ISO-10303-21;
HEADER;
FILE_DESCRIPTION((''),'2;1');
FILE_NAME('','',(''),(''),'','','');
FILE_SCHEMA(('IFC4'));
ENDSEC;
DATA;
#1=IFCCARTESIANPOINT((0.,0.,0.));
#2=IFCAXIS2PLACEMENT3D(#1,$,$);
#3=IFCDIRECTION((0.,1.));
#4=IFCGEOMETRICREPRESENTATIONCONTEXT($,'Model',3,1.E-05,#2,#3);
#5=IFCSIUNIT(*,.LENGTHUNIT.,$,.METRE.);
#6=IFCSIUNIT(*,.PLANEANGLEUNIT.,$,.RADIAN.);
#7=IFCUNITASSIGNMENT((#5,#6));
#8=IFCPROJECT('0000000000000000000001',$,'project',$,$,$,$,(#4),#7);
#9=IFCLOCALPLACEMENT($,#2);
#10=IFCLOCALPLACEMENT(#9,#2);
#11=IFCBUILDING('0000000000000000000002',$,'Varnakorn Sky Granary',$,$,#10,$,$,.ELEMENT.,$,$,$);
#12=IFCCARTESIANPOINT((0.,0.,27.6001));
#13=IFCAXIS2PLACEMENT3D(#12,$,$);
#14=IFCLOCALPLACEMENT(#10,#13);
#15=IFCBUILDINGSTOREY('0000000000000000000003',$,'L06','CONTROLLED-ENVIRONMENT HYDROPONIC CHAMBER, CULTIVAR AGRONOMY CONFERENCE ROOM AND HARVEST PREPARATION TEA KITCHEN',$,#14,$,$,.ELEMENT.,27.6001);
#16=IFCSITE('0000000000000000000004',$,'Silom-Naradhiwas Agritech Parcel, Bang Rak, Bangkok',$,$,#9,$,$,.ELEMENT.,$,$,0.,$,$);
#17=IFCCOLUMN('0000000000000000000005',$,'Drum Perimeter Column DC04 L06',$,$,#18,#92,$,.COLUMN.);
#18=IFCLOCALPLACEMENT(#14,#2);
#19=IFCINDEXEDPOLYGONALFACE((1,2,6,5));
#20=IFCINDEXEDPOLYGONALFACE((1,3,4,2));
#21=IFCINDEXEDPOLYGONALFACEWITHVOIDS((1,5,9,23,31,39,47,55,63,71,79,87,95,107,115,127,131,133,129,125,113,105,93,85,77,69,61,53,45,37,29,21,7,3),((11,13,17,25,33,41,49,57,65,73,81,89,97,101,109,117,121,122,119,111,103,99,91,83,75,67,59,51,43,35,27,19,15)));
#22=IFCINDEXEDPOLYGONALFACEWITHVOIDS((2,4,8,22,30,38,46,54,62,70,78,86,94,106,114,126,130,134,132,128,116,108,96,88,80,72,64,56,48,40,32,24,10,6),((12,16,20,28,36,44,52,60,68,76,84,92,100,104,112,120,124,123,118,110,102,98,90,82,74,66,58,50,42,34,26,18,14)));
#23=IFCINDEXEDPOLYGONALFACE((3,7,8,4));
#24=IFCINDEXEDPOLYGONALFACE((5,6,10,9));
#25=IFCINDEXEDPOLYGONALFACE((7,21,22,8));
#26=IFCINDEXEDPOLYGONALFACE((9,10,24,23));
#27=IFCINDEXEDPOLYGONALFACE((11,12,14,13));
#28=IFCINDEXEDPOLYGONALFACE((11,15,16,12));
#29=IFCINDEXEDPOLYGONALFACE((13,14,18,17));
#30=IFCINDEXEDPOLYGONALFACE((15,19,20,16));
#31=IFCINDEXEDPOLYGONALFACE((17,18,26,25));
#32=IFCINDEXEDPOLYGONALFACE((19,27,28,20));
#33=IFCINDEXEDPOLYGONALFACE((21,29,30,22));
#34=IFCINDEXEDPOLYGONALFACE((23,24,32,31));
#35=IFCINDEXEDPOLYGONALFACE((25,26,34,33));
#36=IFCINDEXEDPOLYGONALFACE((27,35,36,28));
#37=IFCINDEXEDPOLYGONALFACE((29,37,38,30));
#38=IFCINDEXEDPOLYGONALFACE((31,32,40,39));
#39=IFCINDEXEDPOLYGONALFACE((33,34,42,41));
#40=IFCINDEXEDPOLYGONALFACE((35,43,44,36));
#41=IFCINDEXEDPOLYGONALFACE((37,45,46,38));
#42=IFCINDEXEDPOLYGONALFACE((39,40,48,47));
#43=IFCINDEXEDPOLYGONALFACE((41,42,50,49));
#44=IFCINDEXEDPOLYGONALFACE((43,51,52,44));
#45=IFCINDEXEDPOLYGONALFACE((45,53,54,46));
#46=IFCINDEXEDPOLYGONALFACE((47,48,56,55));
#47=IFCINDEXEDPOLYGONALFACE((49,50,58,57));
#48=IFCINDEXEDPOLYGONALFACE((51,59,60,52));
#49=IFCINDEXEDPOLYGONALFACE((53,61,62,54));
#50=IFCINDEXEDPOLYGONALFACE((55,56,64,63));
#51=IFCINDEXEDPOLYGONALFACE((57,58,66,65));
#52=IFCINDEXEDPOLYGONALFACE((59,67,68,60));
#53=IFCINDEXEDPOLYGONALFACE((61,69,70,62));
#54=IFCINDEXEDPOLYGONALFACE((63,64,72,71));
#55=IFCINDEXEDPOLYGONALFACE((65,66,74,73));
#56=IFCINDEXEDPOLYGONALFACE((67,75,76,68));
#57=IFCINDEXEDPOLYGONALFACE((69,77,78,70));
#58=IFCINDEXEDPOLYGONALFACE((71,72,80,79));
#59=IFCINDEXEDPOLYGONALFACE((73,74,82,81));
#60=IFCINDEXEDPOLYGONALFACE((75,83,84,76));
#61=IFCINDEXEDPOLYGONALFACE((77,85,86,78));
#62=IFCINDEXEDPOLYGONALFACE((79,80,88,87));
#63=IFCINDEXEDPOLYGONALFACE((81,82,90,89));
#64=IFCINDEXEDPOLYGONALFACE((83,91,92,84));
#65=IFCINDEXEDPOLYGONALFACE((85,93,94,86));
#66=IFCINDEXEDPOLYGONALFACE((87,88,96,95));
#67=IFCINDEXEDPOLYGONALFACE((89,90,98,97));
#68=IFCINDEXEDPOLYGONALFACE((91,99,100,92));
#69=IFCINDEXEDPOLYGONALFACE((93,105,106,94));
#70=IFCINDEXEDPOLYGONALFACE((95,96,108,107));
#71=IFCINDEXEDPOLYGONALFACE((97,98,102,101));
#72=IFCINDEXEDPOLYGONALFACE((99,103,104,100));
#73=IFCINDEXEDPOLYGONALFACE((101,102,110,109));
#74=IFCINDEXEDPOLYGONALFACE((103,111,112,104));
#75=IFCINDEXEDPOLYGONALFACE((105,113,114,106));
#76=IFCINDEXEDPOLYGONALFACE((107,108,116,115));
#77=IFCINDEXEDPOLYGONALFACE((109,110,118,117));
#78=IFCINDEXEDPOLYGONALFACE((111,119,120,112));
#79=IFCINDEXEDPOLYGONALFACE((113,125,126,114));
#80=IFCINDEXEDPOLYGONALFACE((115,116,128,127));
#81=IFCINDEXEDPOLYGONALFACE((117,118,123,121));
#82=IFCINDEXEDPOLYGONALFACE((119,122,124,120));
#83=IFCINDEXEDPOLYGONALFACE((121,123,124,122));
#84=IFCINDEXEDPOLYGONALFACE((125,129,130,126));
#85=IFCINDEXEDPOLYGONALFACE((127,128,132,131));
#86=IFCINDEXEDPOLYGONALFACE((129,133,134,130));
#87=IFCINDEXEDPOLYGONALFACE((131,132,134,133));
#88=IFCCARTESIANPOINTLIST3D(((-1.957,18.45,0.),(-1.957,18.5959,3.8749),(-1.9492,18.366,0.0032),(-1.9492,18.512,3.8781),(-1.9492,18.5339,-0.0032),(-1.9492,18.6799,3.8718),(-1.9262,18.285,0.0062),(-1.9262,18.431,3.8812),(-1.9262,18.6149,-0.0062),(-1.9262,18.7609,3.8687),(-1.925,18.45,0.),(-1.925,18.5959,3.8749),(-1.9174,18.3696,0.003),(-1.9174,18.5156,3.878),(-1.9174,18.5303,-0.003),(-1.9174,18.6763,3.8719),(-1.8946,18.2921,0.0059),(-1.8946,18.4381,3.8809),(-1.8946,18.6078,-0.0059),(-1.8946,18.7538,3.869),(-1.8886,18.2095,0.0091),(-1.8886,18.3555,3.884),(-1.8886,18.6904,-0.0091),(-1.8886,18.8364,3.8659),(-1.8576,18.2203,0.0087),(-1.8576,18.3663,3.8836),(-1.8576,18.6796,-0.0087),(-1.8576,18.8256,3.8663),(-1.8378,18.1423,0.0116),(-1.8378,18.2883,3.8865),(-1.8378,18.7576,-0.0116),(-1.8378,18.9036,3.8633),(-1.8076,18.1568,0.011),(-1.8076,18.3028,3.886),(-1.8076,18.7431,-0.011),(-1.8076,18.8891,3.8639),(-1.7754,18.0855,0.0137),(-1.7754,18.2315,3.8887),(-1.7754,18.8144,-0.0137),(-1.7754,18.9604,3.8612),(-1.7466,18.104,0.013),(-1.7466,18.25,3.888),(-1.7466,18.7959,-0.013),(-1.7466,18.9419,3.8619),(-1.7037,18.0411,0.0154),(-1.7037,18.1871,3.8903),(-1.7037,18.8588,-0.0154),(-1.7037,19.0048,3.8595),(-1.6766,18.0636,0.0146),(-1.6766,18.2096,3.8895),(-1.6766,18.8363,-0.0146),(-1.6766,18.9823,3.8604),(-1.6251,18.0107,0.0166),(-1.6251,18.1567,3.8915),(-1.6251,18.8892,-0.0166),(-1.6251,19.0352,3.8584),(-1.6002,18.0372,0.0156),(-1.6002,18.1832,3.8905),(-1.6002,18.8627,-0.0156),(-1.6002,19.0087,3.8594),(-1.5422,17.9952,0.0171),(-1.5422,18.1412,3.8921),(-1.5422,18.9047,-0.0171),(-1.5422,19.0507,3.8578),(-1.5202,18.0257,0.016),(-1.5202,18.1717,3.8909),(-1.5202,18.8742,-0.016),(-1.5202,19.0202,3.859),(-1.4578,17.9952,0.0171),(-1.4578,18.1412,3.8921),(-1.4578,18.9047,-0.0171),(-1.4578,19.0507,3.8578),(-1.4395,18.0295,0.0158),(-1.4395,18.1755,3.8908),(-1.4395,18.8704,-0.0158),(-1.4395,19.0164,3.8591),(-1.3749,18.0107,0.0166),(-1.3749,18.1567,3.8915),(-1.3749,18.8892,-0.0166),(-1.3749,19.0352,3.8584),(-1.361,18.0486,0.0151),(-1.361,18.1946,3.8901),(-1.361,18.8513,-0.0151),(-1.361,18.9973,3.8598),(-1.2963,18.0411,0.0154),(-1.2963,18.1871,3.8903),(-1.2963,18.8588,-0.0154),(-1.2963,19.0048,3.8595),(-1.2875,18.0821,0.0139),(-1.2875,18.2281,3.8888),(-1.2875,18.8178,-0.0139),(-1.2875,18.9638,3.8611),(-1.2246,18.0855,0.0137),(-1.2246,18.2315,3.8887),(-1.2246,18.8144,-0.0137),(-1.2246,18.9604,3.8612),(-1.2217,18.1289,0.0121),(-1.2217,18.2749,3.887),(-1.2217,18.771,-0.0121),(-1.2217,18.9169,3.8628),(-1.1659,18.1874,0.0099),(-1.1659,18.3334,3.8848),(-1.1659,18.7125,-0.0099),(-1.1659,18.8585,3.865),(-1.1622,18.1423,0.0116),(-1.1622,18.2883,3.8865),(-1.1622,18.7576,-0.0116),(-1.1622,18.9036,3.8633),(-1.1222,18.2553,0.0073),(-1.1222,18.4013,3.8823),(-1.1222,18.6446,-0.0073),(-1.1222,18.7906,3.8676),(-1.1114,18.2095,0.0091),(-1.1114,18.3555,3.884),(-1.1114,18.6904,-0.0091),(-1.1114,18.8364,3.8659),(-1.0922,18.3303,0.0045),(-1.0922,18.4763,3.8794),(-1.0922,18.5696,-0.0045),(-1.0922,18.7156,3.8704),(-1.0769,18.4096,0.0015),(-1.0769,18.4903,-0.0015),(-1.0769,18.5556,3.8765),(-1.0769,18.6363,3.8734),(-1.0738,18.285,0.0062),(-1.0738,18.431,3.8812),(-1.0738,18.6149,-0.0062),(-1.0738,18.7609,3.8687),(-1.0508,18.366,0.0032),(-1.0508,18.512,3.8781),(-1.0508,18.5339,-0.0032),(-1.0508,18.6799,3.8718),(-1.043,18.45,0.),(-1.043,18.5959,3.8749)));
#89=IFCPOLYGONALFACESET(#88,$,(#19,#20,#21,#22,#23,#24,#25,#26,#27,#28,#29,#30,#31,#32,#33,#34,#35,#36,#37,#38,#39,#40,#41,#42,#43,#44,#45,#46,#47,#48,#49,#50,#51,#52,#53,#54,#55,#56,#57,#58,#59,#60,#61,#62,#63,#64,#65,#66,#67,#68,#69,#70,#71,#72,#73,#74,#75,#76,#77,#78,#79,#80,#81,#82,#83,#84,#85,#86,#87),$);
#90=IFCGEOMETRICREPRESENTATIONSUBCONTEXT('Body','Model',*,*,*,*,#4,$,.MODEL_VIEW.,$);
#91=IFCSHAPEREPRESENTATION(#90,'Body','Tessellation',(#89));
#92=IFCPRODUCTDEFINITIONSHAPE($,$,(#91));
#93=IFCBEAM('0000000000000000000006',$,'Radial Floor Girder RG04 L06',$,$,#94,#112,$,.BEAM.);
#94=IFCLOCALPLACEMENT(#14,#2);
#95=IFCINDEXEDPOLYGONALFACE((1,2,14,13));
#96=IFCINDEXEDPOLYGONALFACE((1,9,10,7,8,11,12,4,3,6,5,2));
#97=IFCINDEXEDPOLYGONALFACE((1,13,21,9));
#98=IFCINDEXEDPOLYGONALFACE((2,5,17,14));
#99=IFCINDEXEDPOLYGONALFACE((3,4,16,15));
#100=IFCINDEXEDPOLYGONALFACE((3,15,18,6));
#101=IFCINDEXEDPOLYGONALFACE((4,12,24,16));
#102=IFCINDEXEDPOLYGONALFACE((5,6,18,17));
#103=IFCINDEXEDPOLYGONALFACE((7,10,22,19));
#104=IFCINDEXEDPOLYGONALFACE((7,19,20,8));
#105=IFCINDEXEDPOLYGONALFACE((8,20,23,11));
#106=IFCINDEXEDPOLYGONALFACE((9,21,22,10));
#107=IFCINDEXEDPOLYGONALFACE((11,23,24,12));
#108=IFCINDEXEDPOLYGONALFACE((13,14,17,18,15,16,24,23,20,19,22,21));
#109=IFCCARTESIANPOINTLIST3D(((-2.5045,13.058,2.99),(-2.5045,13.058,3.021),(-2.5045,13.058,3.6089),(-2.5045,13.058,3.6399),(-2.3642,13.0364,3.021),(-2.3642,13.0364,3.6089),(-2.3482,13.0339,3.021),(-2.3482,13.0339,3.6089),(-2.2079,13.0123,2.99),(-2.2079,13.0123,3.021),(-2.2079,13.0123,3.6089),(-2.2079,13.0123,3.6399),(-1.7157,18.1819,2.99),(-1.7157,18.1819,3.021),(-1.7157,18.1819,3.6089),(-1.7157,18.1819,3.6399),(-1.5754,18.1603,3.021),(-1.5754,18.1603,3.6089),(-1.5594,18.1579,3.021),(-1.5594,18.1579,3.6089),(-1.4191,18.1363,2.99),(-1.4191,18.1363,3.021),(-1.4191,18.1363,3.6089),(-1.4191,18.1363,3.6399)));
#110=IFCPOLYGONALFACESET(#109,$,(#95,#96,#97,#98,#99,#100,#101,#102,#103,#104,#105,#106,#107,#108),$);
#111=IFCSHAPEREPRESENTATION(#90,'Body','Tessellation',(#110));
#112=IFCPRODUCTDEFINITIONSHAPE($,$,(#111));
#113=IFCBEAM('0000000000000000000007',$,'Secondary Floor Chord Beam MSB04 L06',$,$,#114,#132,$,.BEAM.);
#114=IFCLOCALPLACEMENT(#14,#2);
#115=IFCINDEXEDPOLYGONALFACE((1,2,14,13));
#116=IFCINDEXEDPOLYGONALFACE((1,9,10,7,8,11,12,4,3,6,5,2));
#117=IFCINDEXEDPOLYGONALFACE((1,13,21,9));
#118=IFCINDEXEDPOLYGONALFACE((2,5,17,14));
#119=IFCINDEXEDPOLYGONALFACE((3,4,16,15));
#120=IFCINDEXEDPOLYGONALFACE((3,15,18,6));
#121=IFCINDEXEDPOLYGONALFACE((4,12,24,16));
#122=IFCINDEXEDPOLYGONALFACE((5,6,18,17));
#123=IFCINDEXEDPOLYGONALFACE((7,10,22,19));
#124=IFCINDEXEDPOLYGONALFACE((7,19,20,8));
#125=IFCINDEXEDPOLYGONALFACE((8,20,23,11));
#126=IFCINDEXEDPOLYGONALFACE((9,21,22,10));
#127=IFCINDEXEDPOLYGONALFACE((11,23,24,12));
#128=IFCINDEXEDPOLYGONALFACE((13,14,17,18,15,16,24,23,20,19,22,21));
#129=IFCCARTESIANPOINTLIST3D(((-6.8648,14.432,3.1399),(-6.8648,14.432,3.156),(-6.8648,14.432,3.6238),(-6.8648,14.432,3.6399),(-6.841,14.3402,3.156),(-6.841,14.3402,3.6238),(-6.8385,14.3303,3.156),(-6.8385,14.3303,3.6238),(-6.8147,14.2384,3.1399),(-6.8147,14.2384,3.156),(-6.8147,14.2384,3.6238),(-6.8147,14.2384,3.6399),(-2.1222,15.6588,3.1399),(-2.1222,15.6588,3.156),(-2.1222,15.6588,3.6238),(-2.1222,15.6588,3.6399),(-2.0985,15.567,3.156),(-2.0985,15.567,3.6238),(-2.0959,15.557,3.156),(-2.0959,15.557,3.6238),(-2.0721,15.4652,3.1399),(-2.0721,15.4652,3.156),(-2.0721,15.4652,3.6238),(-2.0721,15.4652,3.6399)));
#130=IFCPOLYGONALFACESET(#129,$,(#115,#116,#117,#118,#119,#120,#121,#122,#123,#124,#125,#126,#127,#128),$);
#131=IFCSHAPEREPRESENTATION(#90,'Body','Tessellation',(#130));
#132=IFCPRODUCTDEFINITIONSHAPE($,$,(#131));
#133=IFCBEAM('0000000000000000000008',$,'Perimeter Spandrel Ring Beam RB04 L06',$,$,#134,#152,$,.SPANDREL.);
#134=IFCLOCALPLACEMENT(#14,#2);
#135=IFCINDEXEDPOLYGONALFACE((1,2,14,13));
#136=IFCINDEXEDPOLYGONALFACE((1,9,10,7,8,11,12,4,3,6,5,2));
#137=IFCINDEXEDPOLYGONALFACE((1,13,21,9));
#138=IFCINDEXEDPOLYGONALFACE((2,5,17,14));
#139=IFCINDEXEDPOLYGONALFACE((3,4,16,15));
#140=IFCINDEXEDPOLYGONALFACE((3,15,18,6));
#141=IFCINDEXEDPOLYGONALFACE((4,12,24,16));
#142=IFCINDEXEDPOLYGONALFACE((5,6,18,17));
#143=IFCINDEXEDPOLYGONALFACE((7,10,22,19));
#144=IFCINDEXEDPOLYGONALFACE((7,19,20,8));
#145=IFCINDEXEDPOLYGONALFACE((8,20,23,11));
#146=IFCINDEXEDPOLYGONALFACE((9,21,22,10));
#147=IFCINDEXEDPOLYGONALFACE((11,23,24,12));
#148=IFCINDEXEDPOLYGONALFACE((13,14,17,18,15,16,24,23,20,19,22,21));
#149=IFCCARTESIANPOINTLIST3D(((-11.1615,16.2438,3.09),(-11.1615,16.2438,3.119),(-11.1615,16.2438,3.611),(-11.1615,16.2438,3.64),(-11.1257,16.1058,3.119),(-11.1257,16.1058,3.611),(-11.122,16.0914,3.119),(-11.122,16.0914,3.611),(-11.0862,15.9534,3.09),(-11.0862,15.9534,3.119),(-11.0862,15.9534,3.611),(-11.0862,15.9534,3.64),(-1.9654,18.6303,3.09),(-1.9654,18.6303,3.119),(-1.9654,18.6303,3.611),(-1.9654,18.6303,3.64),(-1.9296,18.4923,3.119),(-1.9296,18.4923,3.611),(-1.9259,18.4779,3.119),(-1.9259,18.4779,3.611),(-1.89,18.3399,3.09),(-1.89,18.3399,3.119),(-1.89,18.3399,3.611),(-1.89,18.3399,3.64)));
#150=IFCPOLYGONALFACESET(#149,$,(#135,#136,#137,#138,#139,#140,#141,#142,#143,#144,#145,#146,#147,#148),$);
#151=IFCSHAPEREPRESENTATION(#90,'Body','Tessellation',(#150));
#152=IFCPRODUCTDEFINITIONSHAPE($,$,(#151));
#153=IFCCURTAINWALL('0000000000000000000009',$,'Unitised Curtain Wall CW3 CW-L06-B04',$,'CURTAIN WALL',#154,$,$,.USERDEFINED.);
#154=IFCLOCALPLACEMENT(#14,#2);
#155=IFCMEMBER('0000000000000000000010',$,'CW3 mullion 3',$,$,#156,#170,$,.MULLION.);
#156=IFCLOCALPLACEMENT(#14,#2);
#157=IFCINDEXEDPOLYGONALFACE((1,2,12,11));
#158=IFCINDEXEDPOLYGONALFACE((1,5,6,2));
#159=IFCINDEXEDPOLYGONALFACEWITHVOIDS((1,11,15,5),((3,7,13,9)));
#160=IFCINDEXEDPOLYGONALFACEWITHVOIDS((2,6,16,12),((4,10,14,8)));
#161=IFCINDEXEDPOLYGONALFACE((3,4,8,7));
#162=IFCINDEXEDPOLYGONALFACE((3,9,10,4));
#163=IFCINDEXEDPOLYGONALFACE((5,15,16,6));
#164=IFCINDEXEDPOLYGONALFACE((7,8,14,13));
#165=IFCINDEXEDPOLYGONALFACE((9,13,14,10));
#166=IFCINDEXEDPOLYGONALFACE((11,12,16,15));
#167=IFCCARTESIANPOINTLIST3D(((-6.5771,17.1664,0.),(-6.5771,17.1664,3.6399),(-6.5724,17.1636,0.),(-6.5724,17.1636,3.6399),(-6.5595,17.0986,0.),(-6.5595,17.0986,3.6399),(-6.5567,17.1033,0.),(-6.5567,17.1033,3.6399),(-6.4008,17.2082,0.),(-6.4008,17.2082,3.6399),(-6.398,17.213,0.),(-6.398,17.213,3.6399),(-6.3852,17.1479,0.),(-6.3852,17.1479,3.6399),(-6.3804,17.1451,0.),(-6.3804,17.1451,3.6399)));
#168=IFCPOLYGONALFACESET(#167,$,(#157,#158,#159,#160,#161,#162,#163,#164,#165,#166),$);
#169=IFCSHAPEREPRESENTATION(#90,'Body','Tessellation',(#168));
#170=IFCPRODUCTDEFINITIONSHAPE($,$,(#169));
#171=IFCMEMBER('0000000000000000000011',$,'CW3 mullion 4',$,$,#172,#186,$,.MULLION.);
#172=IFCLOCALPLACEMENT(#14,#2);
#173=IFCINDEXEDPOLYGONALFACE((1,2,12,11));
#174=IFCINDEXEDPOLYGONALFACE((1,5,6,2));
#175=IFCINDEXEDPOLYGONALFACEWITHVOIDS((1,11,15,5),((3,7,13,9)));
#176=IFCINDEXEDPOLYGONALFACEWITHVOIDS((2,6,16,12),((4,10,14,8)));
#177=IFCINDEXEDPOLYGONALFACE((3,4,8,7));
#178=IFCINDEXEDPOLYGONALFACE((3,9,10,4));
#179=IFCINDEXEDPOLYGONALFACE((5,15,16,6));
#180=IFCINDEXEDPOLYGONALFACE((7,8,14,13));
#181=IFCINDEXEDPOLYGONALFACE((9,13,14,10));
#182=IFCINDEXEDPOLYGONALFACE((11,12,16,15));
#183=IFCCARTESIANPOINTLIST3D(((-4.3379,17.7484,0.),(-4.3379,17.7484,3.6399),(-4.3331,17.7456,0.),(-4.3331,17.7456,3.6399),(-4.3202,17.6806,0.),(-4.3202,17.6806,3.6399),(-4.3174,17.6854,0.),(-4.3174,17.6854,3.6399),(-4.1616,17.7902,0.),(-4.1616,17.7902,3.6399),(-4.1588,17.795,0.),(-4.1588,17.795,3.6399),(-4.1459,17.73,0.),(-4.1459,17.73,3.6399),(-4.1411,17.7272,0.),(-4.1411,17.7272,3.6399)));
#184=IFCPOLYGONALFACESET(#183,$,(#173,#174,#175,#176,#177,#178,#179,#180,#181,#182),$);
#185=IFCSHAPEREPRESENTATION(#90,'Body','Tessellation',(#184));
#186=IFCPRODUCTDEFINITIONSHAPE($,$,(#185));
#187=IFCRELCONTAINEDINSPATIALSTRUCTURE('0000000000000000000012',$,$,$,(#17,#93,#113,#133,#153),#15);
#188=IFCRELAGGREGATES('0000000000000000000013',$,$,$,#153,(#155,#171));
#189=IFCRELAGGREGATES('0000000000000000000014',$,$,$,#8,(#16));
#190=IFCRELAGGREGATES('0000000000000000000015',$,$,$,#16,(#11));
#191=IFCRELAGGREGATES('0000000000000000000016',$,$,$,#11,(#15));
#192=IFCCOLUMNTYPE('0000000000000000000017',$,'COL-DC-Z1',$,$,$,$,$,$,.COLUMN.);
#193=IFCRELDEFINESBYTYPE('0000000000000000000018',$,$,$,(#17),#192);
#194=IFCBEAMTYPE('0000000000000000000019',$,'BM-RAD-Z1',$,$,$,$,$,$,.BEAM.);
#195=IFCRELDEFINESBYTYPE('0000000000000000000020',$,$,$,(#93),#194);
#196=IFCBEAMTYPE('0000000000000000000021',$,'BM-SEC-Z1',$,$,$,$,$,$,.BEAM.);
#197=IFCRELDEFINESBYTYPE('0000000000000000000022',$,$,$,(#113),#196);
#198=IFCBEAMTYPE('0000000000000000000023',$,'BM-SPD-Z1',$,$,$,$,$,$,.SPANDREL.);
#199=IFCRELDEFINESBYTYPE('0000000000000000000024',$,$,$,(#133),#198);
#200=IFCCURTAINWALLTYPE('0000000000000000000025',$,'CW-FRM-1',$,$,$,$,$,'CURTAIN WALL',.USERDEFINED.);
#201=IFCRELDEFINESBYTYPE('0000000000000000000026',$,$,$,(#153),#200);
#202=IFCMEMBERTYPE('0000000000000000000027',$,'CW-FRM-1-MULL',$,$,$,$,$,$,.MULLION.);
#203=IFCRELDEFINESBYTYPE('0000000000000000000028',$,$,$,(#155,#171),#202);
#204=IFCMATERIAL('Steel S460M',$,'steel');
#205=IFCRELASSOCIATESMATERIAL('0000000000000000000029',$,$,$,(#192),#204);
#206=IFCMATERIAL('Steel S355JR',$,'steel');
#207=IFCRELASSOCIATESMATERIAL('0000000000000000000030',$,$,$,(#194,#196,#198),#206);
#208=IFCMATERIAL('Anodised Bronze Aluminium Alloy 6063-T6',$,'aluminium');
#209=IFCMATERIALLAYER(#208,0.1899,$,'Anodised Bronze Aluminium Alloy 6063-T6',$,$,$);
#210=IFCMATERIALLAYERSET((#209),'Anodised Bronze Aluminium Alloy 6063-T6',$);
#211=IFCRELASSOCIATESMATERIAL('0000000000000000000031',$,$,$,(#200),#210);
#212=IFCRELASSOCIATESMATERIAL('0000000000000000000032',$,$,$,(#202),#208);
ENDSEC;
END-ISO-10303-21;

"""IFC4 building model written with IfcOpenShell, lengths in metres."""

from ifc_helpers import new_model, si_unit, direction, frame, origin, origin_2d, place, context, subcontext, project, spatial, hollow_rectangle, hollow_circle, i_section, extrude, material, layer, layer_set, material_profile, profile_set, type_object, element, aggregate, save


model = new_model("IFC4")

# Units and contexts
model_context = context("Model", 3, precision=1e-05, world=origin(), true_north=direction((0.0, 1.0)))
body_context = subcontext(model_context, "Body", "Model", "MODEL_VIEW")
ifc_project = project(units=[si_unit("LENGTHUNIT", "METRE"), si_unit("PLANEANGLEUNIT", "RADIAN")], contexts=[model_context])

# Site, building, storey
site_placement = place(None, origin())
site = spatial("IfcSite", under=ifc_project, at=site_placement, Name="Silom-Naradhiwas Agritech Parcel, Bang Rak, Bangkok", CompositionType="ELEMENT", RefElevation=0.0)
building_placement = place(site_placement, origin())
building = spatial("IfcBuilding", under=site, at=building_placement, Name="Varnakorn Sky Granary", CompositionType="ELEMENT")
storey_placement = place(building_placement, frame((0.0, 0.0, 27.6001)))
storey = spatial("IfcBuildingStorey", under=building, at=storey_placement, Name="L06", Description="CONTROLLED-ENVIRONMENT HYDROPONIC CHAMBER, CULTIVAR AGRONOMY CONFERENCE ROOM AND HARVEST PREPARATION TEA KITCHEN", CompositionType="ELEMENT", Elevation=27.6001)

# Column
ifc_material_1 = material(Name="Steel S460M", Category="steel")
ifc_material_profile_1 = material_profile(ifc_material_1, hollow_circle(Radius=0.457, WallThickness=0.032, at=origin_2d()), Name="CHS 914x32")
ifc_profile_set_1 = profile_set([ifc_material_profile_1], Name="Steel S460M")
column_type = type_object("IfcColumnType", Name="COL-DC-Z1", PredefinedType="COLUMN", material=ifc_profile_set_1)
column_placement = place(storey_placement, frame((-1.5, 18.45, 0.0), z_axis=(0.0, 0.03765, 0.999291), x_axis=(-1.0, 0.0, 0.0)))
element("IfcColumn", 1, at=column_placement, inside=storey, type_object=column_type, Name="Drum Perimeter Column DC04 L06", PredefinedType="COLUMN", context=body_context, shape_type="SweptSolid", body=[
    extrude(hollow_circle(Radius=0.457, WallThickness=0.032, at=origin_2d()), origin(), (0.0, 0.0, 1.0), 3.8777),
])

# Beams
ifc_material_2 = material(Name="Steel S355JR", Category="steel")
ifc_material_profile_2 = material_profile(ifc_material_2, i_section(OverallWidth=0.3, OverallDepth=0.6499, WebThickness=0.0161, FlangeThickness=0.031, at=origin_2d()), Name="HE 650 B")
ifc_profile_set_2 = profile_set([ifc_material_profile_2], Name="Steel S355JR")
beam_type_1 = type_object("IfcBeamType", Name="BM-RAD-Z1", PredefinedType="BEAM", material=ifc_profile_set_2)
beam_1_placement = place(storey_placement, frame((-2.3562, 13.0352, 3.3149), z_axis=(0.152153, 0.988357, 0.0), x_axis=(-0.988357, 0.152153, 0.0)))
element("IfcBeam", 2, at=beam_1_placement, inside=storey, type_object=beam_type_1, Name="Radial Floor Girder RG04 L06", PredefinedType="BEAM", context=body_context, shape_type="SweptSolid", body=[
    extrude(i_section(OverallWidth=0.3, OverallDepth=0.6499, WebThickness=0.0161, FlangeThickness=0.031, at=origin_2d()), origin(), (0.0, 0.0, 1.0), 5.1843),
])
ifc_material_profile_3 = material_profile(ifc_material_2, i_section(OverallWidth=0.2, OverallDepth=0.5, WebThickness=0.0103, FlangeThickness=0.0161, at=origin_2d()), Name="IPE 500")
ifc_profile_set_3 = profile_set([ifc_material_profile_3], Name="Steel S355JR")
beam_type_2 = type_object("IfcBeamType", Name="BM-SEC-Z1", PredefinedType="BEAM", material=ifc_profile_set_3)
beam_2_placement = place(storey_placement, frame((-2.0972, 15.562, 3.3899), z_axis=(-0.968134, -0.250431, 0.0), x_axis=(0.250431, -0.968134, 0.0)))
element("IfcBeam", 3, at=beam_2_placement, inside=storey, type_object=beam_type_2, Name="Secondary Floor Chord Beam MSB04 L06", PredefinedType="BEAM", context=body_context, shape_type="SweptSolid", body=[
    extrude(i_section(OverallWidth=0.2, OverallDepth=0.5, WebThickness=0.0103, FlangeThickness=0.0161, at=origin_2d()), origin(), (0.0, 0.0, 1.0), 4.8987),
])
ifc_material_profile_4 = material_profile(ifc_material_2, i_section(OverallWidth=0.3, OverallDepth=0.55, WebThickness=0.0149, FlangeThickness=0.0291, at=origin_2d()), Name="HE 550 B")
ifc_profile_set_4 = profile_set([ifc_material_profile_4], Name="Steel S355JR")
beam_type_3 = type_object("IfcBeamType", Name="BM-SPD-Z1", PredefinedType="SPANDREL", material=ifc_profile_set_4)
beam_3_placement = place(storey_placement, frame((-1.9277, 18.4851, 3.365), z_axis=(-0.967938, -0.25119, 0.0), x_axis=(0.25119, -0.967938, 0.0)))
element("IfcBeam", 4, at=beam_3_placement, inside=storey, type_object=beam_type_3, Name="Perimeter Spandrel Ring Beam RB04 L06", PredefinedType="SPANDREL", context=body_context, shape_type="SweptSolid", body=[
    extrude(i_section(OverallWidth=0.3, OverallDepth=0.55, WebThickness=0.0149, FlangeThickness=0.0291, at=origin_2d()), origin(), (0.0, 0.0, 1.0), 9.5007),
])

# Curtain wall, members
ifc_material_3 = material(Name="Anodised Bronze Aluminium Alloy 6063-T6", Category="aluminium")
ifc_layer_1 = layer(ifc_material_3, 0.1899, Name="Anodised Bronze Aluminium Alloy 6063-T6")
ifc_layer_set_1 = layer_set([ifc_layer_1], Name="Anodised Bronze Aluminium Alloy 6063-T6")
curtain_wall_type = type_object("IfcCurtainWallType", Name="CW-FRM-1", ElementType="CURTAIN WALL", PredefinedType="USERDEFINED", material=ifc_layer_set_1)
curtain_wall_placement = place(storey_placement, origin())
curtain_wall = element("IfcCurtainWall", 5, at=curtain_wall_placement, inside=storey, type_object=curtain_wall_type, Name="Unitised Curtain Wall CW3 CW-L06-B04", ObjectType="CURTAIN WALL", PredefinedType="USERDEFINED")
ifc_material_profile_5 = material_profile(ifc_material_3, hollow_rectangle(XDim=0.0701, YDim=0.1851, WallThickness=0.0039, at=origin_2d()), Name="ALU MULL 70x185")
ifc_profile_set_5 = profile_set([ifc_material_profile_5], Name="Anodised Bronze Aluminium Alloy 6063-T6")
member_type_1 = type_object("IfcMemberType", Name="CW-FRM-1-MULL", PredefinedType="MULLION", material=ifc_profile_set_5)
member_1_placement = place(storey_placement, frame((-6.4788, 17.1558, 0.0), z_axis=(0.0, 0.0, 1.0), x_axis=(-0.251609, 0.967829, 0.0)))
member_1 = element("IfcMember", 6, at=member_1_placement, type_object=member_type_1, Name="CW3 mullion 3", PredefinedType="MULLION", context=body_context, shape_type="SweptSolid", body=[
    extrude(hollow_rectangle(XDim=0.0701, YDim=0.1851, WallThickness=0.0039, at=origin_2d()), origin(), (0.0, 0.0, 1.0), 3.6399),
])
member_2_placement = place(storey_placement, frame((-4.2395, 17.7378, 0.0), z_axis=(0.0, 0.0, 1.0), x_axis=(-0.251609, 0.967829, 0.0)))
member_2 = element("IfcMember", 7, at=member_2_placement, type_object=member_type_1, Name="CW3 mullion 4", PredefinedType="MULLION", context=body_context, shape_type="SweptSolid", body=[
    extrude(hollow_rectangle(XDim=0.0701, YDim=0.1851, WallThickness=0.0039, at=origin_2d()), origin(), (0.0, 0.0, 1.0), 3.6399),
])
aggregate(curtain_wall, [member_1, member_2])

save(model, "model.ifc")
